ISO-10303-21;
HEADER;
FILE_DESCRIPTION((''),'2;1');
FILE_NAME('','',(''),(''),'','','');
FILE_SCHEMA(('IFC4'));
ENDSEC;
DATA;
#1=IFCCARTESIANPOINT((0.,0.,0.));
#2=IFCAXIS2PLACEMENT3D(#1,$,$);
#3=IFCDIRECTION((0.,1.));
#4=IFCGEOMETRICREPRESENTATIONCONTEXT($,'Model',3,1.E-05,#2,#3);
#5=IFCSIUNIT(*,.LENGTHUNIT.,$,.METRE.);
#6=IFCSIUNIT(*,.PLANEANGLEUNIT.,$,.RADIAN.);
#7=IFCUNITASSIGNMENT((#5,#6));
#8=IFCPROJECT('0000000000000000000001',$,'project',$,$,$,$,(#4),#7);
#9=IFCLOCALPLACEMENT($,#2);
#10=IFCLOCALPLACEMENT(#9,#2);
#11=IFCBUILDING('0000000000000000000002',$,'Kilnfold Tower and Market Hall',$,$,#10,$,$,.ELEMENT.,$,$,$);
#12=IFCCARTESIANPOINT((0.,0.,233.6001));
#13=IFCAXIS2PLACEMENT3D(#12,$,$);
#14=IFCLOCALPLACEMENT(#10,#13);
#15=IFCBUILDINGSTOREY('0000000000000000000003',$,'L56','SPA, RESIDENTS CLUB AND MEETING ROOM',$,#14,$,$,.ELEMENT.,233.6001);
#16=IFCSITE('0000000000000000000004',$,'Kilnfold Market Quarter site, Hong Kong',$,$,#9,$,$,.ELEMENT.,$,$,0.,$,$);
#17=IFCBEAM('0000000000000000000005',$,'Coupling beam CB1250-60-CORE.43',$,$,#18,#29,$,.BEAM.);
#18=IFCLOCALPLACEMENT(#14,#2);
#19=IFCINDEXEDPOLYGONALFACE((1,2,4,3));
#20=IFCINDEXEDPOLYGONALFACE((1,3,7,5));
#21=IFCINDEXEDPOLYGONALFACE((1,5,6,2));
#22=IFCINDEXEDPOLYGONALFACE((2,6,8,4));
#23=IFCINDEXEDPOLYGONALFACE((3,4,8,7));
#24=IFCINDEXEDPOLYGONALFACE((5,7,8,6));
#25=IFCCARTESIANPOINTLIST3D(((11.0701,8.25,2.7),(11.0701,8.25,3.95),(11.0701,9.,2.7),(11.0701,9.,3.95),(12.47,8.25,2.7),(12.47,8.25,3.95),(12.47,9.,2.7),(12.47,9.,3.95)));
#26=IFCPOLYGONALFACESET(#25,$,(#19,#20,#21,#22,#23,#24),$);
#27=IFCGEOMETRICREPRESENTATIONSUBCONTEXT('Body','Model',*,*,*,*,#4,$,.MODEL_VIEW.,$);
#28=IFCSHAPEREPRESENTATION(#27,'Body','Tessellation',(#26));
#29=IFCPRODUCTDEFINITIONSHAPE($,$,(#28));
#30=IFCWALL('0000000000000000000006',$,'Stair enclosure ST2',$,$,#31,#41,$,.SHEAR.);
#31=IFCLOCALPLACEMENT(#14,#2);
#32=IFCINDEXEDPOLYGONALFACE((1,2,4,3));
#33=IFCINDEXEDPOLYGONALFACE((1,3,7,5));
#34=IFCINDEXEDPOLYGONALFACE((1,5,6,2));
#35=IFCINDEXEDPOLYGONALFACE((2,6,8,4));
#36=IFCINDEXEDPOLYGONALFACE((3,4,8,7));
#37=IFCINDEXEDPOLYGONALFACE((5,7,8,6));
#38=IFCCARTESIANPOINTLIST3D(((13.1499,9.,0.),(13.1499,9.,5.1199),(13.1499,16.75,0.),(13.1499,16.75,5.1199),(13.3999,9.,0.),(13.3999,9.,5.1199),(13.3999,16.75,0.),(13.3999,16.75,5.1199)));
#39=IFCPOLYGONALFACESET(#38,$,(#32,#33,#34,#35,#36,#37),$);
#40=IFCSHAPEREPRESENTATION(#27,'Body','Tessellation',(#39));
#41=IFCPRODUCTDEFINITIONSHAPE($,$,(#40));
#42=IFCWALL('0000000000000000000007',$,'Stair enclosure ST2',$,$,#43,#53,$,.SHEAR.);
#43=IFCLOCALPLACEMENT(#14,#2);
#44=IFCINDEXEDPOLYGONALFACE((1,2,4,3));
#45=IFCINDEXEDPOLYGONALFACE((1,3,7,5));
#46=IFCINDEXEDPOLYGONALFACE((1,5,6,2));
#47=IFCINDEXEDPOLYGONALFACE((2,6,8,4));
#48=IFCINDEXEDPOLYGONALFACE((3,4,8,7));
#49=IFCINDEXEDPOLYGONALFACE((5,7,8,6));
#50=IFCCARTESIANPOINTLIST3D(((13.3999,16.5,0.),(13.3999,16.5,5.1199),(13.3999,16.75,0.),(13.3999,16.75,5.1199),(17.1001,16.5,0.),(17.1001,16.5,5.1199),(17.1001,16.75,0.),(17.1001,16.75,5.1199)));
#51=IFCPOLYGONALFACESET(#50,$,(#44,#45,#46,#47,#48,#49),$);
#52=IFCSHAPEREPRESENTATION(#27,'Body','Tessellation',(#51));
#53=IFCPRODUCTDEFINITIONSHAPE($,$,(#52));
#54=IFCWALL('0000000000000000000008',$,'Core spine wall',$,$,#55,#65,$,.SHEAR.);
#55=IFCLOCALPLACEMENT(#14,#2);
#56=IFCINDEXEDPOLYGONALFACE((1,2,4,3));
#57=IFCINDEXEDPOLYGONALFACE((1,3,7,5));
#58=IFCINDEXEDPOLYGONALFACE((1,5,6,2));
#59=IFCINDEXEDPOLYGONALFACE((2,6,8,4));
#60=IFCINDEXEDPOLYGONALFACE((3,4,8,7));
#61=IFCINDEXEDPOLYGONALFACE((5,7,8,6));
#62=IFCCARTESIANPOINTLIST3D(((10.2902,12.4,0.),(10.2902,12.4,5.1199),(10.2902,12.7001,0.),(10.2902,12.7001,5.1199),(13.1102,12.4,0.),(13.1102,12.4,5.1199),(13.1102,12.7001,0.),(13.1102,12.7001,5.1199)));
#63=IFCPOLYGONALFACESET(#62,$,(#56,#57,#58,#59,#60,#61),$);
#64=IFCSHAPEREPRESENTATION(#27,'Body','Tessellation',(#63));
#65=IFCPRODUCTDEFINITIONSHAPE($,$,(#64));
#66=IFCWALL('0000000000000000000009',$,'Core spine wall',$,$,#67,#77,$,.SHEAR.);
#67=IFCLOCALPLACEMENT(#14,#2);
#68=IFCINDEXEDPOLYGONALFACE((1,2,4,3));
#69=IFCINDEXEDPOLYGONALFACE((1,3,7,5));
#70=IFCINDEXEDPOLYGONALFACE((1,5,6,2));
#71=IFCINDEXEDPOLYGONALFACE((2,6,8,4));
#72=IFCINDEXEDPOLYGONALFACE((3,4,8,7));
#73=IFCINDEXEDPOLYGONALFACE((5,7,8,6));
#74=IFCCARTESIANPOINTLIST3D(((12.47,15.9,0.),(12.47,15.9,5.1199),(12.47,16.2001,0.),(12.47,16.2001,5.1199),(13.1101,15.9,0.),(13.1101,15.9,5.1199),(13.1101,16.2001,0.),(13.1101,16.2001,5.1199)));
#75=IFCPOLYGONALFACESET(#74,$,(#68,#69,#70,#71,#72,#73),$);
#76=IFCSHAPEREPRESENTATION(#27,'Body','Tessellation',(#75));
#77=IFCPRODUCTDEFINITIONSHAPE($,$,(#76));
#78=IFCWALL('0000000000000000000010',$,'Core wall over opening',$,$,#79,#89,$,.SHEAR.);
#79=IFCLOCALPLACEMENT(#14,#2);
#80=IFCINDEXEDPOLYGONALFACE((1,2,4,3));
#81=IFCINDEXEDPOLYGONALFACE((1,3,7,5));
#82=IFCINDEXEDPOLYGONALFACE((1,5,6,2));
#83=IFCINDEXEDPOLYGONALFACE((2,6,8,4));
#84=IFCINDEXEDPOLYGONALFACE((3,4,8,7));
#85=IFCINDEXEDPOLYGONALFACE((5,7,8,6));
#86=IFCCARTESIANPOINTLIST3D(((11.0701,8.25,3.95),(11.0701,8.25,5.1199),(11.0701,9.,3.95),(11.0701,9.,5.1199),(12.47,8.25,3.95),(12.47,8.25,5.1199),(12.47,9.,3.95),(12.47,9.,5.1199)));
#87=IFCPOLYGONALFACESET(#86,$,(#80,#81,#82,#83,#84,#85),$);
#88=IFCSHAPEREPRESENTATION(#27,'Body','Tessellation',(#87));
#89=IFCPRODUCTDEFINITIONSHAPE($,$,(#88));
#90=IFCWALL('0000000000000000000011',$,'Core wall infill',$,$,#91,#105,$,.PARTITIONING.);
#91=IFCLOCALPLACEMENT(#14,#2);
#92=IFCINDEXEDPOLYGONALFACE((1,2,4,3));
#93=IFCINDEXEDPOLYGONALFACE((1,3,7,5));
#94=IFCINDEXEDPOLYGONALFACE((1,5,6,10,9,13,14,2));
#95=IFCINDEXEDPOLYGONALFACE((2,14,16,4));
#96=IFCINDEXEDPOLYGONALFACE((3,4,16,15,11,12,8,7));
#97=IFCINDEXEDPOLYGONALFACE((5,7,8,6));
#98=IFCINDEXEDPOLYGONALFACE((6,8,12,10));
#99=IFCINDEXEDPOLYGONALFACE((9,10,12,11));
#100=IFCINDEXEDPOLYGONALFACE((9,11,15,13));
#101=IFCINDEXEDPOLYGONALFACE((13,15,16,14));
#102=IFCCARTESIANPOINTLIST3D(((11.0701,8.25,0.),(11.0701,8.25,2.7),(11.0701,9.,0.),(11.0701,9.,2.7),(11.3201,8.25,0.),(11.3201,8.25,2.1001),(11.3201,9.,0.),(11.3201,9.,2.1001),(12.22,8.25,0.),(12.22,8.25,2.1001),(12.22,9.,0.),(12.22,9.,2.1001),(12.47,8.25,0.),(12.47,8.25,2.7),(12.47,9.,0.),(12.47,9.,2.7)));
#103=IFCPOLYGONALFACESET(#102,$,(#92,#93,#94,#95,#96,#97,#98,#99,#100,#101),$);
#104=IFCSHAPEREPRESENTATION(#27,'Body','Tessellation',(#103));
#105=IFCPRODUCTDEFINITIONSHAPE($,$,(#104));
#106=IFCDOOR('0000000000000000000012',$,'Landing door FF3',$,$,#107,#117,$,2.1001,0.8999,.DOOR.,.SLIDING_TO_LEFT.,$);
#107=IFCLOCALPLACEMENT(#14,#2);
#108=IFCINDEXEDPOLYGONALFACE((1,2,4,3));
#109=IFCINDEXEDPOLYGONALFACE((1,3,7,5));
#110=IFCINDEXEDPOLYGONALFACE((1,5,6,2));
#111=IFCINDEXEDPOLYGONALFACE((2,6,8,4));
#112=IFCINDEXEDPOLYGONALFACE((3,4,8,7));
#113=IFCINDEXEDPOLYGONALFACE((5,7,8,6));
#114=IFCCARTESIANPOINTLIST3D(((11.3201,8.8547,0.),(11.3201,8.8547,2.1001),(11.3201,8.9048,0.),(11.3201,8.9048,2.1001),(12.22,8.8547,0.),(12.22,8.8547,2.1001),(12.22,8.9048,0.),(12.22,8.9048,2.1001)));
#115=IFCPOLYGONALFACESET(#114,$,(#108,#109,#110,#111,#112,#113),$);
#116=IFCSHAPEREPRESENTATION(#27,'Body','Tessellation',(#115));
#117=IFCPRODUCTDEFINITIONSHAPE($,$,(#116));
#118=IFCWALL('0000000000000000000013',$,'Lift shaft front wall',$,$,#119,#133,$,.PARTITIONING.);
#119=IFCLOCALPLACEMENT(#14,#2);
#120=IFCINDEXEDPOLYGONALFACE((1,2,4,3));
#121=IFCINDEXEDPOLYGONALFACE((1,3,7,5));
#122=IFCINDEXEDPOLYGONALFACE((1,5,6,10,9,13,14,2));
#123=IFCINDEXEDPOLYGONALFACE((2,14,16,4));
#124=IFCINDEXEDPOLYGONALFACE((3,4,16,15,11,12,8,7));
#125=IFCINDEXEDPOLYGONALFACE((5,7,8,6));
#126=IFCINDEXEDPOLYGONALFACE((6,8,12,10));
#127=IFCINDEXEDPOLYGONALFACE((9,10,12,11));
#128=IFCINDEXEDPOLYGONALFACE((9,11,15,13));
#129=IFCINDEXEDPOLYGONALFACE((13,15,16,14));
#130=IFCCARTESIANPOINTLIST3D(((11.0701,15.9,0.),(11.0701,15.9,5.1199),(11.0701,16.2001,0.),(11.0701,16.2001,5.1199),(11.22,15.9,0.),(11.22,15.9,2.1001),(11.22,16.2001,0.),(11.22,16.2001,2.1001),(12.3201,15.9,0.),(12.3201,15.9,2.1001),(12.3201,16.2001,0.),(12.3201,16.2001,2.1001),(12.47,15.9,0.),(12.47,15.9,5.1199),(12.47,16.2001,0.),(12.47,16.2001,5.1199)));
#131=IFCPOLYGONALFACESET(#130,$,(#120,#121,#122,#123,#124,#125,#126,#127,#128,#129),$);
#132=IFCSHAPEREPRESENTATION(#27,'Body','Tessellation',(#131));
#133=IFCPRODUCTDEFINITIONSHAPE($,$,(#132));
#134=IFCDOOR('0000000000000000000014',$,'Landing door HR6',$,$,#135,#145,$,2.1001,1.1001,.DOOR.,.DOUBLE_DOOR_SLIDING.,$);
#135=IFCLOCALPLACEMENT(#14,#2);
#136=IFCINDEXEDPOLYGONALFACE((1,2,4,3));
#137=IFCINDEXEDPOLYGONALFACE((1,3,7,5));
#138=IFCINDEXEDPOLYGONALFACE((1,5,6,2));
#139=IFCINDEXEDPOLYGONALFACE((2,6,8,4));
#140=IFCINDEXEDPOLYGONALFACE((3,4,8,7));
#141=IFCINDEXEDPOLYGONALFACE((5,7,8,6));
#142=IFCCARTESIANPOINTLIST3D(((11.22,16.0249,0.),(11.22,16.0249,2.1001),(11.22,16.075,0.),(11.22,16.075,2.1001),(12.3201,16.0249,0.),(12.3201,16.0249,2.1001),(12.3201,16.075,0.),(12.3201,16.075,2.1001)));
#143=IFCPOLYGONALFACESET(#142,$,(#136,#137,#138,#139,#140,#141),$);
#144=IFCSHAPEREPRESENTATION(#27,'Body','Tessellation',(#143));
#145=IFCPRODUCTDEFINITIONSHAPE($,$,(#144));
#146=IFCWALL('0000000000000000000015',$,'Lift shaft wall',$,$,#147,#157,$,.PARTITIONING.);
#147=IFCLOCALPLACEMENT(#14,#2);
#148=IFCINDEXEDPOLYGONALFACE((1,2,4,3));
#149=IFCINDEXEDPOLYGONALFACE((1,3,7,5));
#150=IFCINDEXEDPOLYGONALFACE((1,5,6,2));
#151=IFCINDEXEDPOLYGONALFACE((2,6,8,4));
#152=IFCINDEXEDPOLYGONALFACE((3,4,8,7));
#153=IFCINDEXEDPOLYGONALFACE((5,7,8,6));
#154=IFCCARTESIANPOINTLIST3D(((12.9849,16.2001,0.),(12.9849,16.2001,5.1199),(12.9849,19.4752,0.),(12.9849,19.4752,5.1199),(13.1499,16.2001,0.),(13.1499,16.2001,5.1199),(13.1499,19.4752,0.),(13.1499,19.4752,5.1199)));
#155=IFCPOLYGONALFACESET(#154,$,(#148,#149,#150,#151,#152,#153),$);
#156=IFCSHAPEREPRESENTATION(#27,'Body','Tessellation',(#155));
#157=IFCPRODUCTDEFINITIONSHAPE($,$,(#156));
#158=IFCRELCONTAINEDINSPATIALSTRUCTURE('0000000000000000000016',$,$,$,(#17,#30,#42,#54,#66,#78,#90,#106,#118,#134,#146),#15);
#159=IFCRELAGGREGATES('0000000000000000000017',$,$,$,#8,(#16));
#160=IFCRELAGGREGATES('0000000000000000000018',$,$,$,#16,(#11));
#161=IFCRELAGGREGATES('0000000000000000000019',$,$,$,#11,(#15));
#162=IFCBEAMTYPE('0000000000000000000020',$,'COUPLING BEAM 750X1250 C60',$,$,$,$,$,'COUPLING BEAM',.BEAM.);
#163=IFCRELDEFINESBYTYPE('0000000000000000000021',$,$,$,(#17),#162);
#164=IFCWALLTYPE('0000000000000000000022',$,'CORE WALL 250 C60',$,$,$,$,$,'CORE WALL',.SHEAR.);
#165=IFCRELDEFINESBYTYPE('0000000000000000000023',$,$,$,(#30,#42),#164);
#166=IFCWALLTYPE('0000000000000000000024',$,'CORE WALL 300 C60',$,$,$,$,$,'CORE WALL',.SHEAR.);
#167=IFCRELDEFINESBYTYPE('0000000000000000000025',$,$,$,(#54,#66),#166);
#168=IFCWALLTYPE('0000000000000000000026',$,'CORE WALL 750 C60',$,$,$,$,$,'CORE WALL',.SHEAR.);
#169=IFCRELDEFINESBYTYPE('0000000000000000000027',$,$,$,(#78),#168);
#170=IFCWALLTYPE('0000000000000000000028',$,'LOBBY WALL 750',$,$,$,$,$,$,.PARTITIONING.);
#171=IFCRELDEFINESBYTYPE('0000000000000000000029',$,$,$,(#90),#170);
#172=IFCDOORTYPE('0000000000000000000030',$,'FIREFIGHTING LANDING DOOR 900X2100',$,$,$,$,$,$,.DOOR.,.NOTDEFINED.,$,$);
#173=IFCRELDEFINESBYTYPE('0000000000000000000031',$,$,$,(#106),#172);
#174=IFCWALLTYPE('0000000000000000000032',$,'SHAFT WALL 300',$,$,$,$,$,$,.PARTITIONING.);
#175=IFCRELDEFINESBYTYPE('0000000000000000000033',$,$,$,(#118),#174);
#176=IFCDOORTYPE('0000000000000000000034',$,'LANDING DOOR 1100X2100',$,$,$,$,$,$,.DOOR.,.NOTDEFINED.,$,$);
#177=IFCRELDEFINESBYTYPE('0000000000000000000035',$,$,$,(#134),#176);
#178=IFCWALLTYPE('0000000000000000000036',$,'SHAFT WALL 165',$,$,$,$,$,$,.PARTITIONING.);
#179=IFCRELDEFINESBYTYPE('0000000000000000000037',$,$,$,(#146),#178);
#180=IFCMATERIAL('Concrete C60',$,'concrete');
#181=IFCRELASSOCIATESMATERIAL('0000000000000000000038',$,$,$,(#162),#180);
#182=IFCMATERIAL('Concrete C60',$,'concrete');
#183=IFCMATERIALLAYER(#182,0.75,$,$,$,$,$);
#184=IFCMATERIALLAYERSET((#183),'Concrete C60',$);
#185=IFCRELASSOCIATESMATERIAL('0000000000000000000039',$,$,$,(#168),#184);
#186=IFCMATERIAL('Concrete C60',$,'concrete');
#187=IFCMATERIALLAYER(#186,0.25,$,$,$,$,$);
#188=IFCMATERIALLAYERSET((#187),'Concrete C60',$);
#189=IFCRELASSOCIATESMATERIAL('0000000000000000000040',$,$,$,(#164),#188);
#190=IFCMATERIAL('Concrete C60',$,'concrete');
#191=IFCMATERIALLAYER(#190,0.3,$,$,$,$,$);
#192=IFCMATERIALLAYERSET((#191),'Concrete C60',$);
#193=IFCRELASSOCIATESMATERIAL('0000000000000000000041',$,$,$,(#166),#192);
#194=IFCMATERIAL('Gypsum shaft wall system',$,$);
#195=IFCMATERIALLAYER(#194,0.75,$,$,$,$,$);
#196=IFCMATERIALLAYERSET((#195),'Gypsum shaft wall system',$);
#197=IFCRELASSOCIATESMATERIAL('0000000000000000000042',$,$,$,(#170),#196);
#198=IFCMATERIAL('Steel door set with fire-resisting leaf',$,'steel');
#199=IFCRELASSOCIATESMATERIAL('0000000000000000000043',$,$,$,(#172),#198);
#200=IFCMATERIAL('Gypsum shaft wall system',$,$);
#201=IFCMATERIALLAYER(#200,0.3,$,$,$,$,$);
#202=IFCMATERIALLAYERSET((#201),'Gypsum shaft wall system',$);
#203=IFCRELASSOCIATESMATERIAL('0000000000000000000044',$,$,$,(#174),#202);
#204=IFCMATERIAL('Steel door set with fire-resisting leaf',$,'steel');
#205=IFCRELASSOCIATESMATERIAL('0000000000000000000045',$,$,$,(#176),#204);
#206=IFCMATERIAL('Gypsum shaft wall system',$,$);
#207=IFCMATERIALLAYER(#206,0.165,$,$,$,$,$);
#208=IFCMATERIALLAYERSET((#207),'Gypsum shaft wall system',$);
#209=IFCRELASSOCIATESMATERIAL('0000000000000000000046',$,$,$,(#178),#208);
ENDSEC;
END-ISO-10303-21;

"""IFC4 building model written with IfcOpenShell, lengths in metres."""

from ifc_helpers import new_model, si_unit, direction, frame, frame_2d, origin, origin_2d, place, context, subcontext, project, spatial, rectangle, extrude, source, transform, mapped, material, layer, layer_set, material_profile, profile_set, type_object, element, fill, save


model = new_model("IFC4")

# Units and contexts
model_context = context("Model", 3, precision=1e-05, world=origin(), true_north=direction((0.0, 1.0)))
body_context = subcontext(model_context, "Body", "Model", "MODEL_VIEW")
ifc_project = project(units=[si_unit("LENGTHUNIT", "METRE"), si_unit("PLANEANGLEUNIT", "RADIAN")], contexts=[model_context])

# Site, building, storey
site_placement = place(None, origin())
site = spatial("IfcSite", under=ifc_project, at=site_placement, Name="Kilnfold Market Quarter site, Hong Kong", CompositionType="ELEMENT", RefElevation=0.0)
building_placement = place(site_placement, origin())
building = spatial("IfcBuilding", under=site, at=building_placement, Name="Kilnfold Tower and Market Hall", CompositionType="ELEMENT")
storey_placement = place(building_placement, frame((0.0, 0.0, 233.6001)))
storey = spatial("IfcBuildingStorey", under=building, at=storey_placement, Name="L56", Description="SPA, RESIDENTS CLUB AND MEETING ROOM", CompositionType="ELEMENT", Elevation=233.6001)

# Beam
ifc_material_1 = material(Name="Concrete C60", Category="concrete")
ifc_material_profile = material_profile(ifc_material_1, rectangle(XDim=0.75, YDim=1.25, at=origin_2d()), Name="RC 750x1250")
ifc_profile_set = profile_set([ifc_material_profile], Name="Concrete C60")
beam_type = type_object("IfcBeamType", Name="COUPLING BEAM 750X1250 C60", ElementType="COUPLING BEAM", PredefinedType="BEAM", material=ifc_profile_set)
shared_shape_1 = source(origin(), body_context, "Body", "SweptSolid", [
    extrude(rectangle(XDim=0.75, YDim=1.25, at=origin_2d()), origin(), (0.0, 0.0, 1.0), 1.3999),
])
beam_placement = place(storey_placement, frame((11.0701, 8.625, 3.325), z_axis=(1.0, 0.0, 0.0), x_axis=(0.0, 1.0, 0.0)))
element("IfcBeam", 1, at=beam_placement, inside=storey, type_object=beam_type, Name="Coupling beam CB1250-60-CORE.43", PredefinedType="BEAM", context=body_context, shape_type="MappedRepresentation", body=[
    mapped(shared_shape_1, transform((0.0, 0.0, 0.0))),
])

# Shared definitions
ifc_material_2 = material(Name="Concrete C60", Category="concrete")
ifc_layer_1 = layer(ifc_material_2, 0.75)
ifc_layer_set_1 = layer_set([ifc_layer_1], Name="Concrete C60")
wall_type_1 = type_object("IfcWallType", Name="CORE WALL 750 C60", ElementType="CORE WALL", PredefinedType="SHEAR", material=ifc_layer_set_1)

# Walls
ifc_material_3 = material(Name="Concrete C60", Category="concrete")
ifc_layer_2 = layer(ifc_material_3, 0.25)
ifc_layer_set_2 = layer_set([ifc_layer_2], Name="Concrete C60")
wall_type_2 = type_object("IfcWallType", Name="CORE WALL 250 C60", ElementType="CORE WALL", PredefinedType="SHEAR", material=ifc_layer_set_2)
shared_shape_2 = source(origin(), body_context, "Body", "SweptSolid", [
    extrude(rectangle(XDim=7.75, YDim=0.25, at=frame_2d((3.875, 0.0))), origin(), (0.0, 0.0, 1.0), 5.1199),
])
wall_1_placement = place(storey_placement, frame((13.2749, 9.0, 0.0), z_axis=(0.0, 0.0, 1.0), x_axis=(0.0, 1.0, 0.0)))
element("IfcWall", 2, at=wall_1_placement, inside=storey, type_object=wall_type_2, Name="Stair enclosure ST2", PredefinedType="SHEAR", context=body_context, shape_type="MappedRepresentation", body=[
    mapped(shared_shape_2, transform((0.0, 0.0, 0.0))),
])
shared_shape_3 = source(origin(), body_context, "Body", "SweptSolid", [
    extrude(rectangle(XDim=3.7002, YDim=0.25, at=frame_2d((1.8501, 0.0))), origin(), (0.0, 0.0, 1.0), 5.1199),
])
wall_2_placement = place(storey_placement, frame((13.3999, 16.625, 0.0), z_axis=(0.0, 0.0, 1.0), x_axis=(1.0, 0.0, 0.0)))
element("IfcWall", 3, at=wall_2_placement, inside=storey, type_object=wall_type_2, Name="Stair enclosure ST2", PredefinedType="SHEAR", context=body_context, shape_type="MappedRepresentation", body=[
    mapped(shared_shape_3, transform((0.0, 0.0, 0.0))),
])
ifc_material_4 = material(Name="Concrete C60", Category="concrete")
ifc_layer_3 = layer(ifc_material_4, 0.3)
ifc_layer_set_3 = layer_set([ifc_layer_3], Name="Concrete C60")
wall_type_3 = type_object("IfcWallType", Name="CORE WALL 300 C60", ElementType="CORE WALL", PredefinedType="SHEAR", material=ifc_layer_set_3)
shared_shape_4 = source(origin(), body_context, "Body", "SweptSolid", [
    extrude(rectangle(XDim=2.8201, YDim=0.3, at=frame_2d((1.4102, 0.0))), origin(), (0.0, 0.0, 1.0), 5.1199),
])
wall_3_placement = place(storey_placement, frame((10.29, 12.55, 0.0), z_axis=(0.0, 0.0, 1.0), x_axis=(1.0, 0.0, 0.0)))
element("IfcWall", 4, at=wall_3_placement, inside=storey, type_object=wall_type_3, Name="Core spine wall", PredefinedType="SHEAR", context=body_context, shape_type="MappedRepresentation", body=[
    mapped(shared_shape_4, transform((0.0, 0.0, 0.0))),
])
shared_shape_5 = source(origin(), body_context, "Body", "SweptSolid", [
    extrude(rectangle(XDim=0.6401, YDim=0.3, at=frame_2d((0.3201, 0.0))), origin(), (0.0, 0.0, 1.0), 5.1199),
])
wall_4_placement = place(storey_placement, frame((12.47, 16.05, 0.0), z_axis=(0.0, 0.0, 1.0), x_axis=(1.0, 0.0, 0.0)))
element("IfcWall", 5, at=wall_4_placement, inside=storey, type_object=wall_type_3, Name="Core spine wall", PredefinedType="SHEAR", context=body_context, shape_type="MappedRepresentation", body=[
    mapped(shared_shape_5, transform((0.0, 0.0, 0.0))),
])
shared_shape_6 = source(origin(), body_context, "Body", "SweptSolid", [
    extrude(rectangle(XDim=1.3999, YDim=0.75, at=frame_2d((0.7, 0.0))), origin(), (0.0, 0.0, 1.0), 1.1699),
])
wall_5_placement = place(storey_placement, frame((11.0701, 8.625, 3.95), z_axis=(0.0, 0.0, 1.0), x_axis=(1.0, 0.0, 0.0)))
element("IfcWall", 6, at=wall_5_placement, inside=storey, type_object=wall_type_1, Name="Core wall over opening", PredefinedType="SHEAR", context=body_context, shape_type="MappedRepresentation", body=[
    mapped(shared_shape_6, transform((0.0, 0.0, 0.0))),
])

# Walls, openings, doors
ifc_material_5 = material(Name="Gypsum shaft wall system")
ifc_layer_4 = layer(ifc_material_5, 0.75)
ifc_layer_set_4 = layer_set([ifc_layer_4], Name="Gypsum shaft wall system")
wall_type_4 = type_object("IfcWallType", Name="LOBBY WALL 750", PredefinedType="PARTITIONING", material=ifc_layer_set_4)
shared_shape_7 = source(origin(), body_context, "Body", "SweptSolid", [
    extrude(rectangle(XDim=1.3999, YDim=0.75, at=frame_2d((0.7, 0.0))), origin(), (0.0, 0.0, 1.0), 2.7),
])
wall_6_placement = place(storey_placement, frame((11.0701, 8.625, 0.0), z_axis=(0.0, 0.0, 1.0), x_axis=(1.0, 0.0, 0.0)))
wall_6 = element("IfcWall", 7, at=wall_6_placement, inside=storey, type_object=wall_type_4, Name="Core wall infill", PredefinedType="PARTITIONING", context=body_context, shape_type="MappedRepresentation", body=[
    mapped(shared_shape_7, transform((0.0, 0.0, 0.0))),
])
opening_1_placement = place(wall_6_placement, frame((0.25, 0.0, 0.0)))
opening_1 = element("IfcOpeningElement", 8, at=opening_1_placement, cuts=wall_6, PredefinedType="OPENING", context=body_context, shape_type="SweptSolid", body=[
    extrude(rectangle(XDim=0.8999, YDim=2.1001, at=frame_2d((0.45, 1.05))), frame((0.0, 0.385, 0.0), z_axis=(0.0, -1.0, 0.0), x_axis=(1.0, 0.0, 0.0)), (0.0, 0.0, 1.0), 0.77),
])
ifc_material_6 = material(Name="Steel door set with fire-resisting leaf", Category="steel")
door_type_1 = type_object("IfcDoorType", Name="FIREFIGHTING LANDING DOOR 900X2100", OperationType="NOTDEFINED", PredefinedType="DOOR", material=ifc_material_6)
door_1_placement = place(opening_1_placement, origin())
door_1 = element("IfcDoor", 9, at=door_1_placement, inside=storey, type_object=door_type_1, Name="Landing door FF3", OperationType="SLIDING_TO_LEFT", OverallHeight=2.1001, OverallWidth=0.8999, PredefinedType="DOOR", context=body_context, shape_type="SweptSolid", body=[
    extrude(rectangle(XDim=0.8999, YDim=2.1001, at=frame_2d((0.45, 1.05))), frame((0.0, 0.2798, 0.0), z_axis=(0.0, -1.0, 0.0), x_axis=(1.0, 0.0, 0.0)), (0.0, 0.0, 1.0), 0.05),
])
fill(opening_1, door_1)
ifc_material_7 = material(Name="Gypsum shaft wall system")
ifc_layer_5 = layer(ifc_material_7, 0.3)
ifc_layer_set_5 = layer_set([ifc_layer_5], Name="Gypsum shaft wall system")
wall_type_5 = type_object("IfcWallType", Name="SHAFT WALL 300", PredefinedType="PARTITIONING", material=ifc_layer_set_5)
shared_shape_8 = source(origin(), body_context, "Body", "SweptSolid", [
    extrude(rectangle(XDim=1.3999, YDim=0.3, at=frame_2d((0.7, 0.0))), origin(), (0.0, 0.0, 1.0), 5.1199),
])
wall_7_placement = place(storey_placement, frame((11.0701, 16.05, 0.0), z_axis=(0.0, 0.0, 1.0), x_axis=(1.0, 0.0, 0.0)))
wall_7 = element("IfcWall", 10, at=wall_7_placement, inside=storey, type_object=wall_type_5, Name="Lift shaft front wall", PredefinedType="PARTITIONING", context=body_context, shape_type="MappedRepresentation", body=[
    mapped(shared_shape_8, transform((0.0, 0.0, 0.0))),
])
opening_2_placement = place(wall_7_placement, frame((0.1499, 0.0, 0.0)))
opening_2 = element("IfcOpeningElement", 11, at=opening_2_placement, cuts=wall_7, PredefinedType="OPENING", context=body_context, shape_type="SweptSolid", body=[
    extrude(rectangle(XDim=1.1001, YDim=2.1001, at=frame_2d((0.55, 1.05))), frame((0.0, 0.1602, 0.0), z_axis=(0.0, -1.0, 0.0), x_axis=(1.0, 0.0, 0.0)), (0.0, 0.0, 1.0), 0.3201),
])
ifc_material_8 = material(Name="Steel door set with fire-resisting leaf", Category="steel")
door_type_2 = type_object("IfcDoorType", Name="LANDING DOOR 1100X2100", OperationType="NOTDEFINED", PredefinedType="DOOR", material=ifc_material_8)
door_2_placement = place(opening_2_placement, origin())
door_2 = element("IfcDoor", 12, at=door_2_placement, inside=storey, type_object=door_type_2, Name="Landing door HR6", OperationType="DOUBLE_DOOR_SLIDING", OverallHeight=2.1001, OverallWidth=1.1001, PredefinedType="DOOR", context=body_context, shape_type="SweptSolid", body=[
    extrude(rectangle(XDim=1.1001, YDim=2.1001, at=frame_2d((0.55, 1.05))), frame((0.0, 0.0249, 0.0), z_axis=(0.0, -1.0, 0.0), x_axis=(1.0, 0.0, 0.0)), (0.0, 0.0, 1.0), 0.05),
])
fill(opening_2, door_2)

# Wall
ifc_material_9 = material(Name="Gypsum shaft wall system")
ifc_layer_6 = layer(ifc_material_9, 0.165)
ifc_layer_set_6 = layer_set([ifc_layer_6], Name="Gypsum shaft wall system")
wall_type_6 = type_object("IfcWallType", Name="SHAFT WALL 165", PredefinedType="PARTITIONING", material=ifc_layer_set_6)
shared_shape_9 = source(origin(), body_context, "Body", "SweptSolid", [
    extrude(rectangle(XDim=3.2751, YDim=0.165, at=frame_2d((1.6377, 0.0))), origin(), (0.0, 0.0, 1.0), 5.1199),
])
wall_8_placement = place(storey_placement, frame((13.0674, 16.2, 0.0), z_axis=(0.0, 0.0, 1.0), x_axis=(0.0, 1.0, 0.0)))
element("IfcWall", 13, at=wall_8_placement, inside=storey, type_object=wall_type_6, Name="Lift shaft wall", PredefinedType="PARTITIONING", context=body_context, shape_type="MappedRepresentation", body=[
    mapped(shared_shape_9, transform((0.0, 0.0, 0.0))),
])

save(model, "model.ifc")
